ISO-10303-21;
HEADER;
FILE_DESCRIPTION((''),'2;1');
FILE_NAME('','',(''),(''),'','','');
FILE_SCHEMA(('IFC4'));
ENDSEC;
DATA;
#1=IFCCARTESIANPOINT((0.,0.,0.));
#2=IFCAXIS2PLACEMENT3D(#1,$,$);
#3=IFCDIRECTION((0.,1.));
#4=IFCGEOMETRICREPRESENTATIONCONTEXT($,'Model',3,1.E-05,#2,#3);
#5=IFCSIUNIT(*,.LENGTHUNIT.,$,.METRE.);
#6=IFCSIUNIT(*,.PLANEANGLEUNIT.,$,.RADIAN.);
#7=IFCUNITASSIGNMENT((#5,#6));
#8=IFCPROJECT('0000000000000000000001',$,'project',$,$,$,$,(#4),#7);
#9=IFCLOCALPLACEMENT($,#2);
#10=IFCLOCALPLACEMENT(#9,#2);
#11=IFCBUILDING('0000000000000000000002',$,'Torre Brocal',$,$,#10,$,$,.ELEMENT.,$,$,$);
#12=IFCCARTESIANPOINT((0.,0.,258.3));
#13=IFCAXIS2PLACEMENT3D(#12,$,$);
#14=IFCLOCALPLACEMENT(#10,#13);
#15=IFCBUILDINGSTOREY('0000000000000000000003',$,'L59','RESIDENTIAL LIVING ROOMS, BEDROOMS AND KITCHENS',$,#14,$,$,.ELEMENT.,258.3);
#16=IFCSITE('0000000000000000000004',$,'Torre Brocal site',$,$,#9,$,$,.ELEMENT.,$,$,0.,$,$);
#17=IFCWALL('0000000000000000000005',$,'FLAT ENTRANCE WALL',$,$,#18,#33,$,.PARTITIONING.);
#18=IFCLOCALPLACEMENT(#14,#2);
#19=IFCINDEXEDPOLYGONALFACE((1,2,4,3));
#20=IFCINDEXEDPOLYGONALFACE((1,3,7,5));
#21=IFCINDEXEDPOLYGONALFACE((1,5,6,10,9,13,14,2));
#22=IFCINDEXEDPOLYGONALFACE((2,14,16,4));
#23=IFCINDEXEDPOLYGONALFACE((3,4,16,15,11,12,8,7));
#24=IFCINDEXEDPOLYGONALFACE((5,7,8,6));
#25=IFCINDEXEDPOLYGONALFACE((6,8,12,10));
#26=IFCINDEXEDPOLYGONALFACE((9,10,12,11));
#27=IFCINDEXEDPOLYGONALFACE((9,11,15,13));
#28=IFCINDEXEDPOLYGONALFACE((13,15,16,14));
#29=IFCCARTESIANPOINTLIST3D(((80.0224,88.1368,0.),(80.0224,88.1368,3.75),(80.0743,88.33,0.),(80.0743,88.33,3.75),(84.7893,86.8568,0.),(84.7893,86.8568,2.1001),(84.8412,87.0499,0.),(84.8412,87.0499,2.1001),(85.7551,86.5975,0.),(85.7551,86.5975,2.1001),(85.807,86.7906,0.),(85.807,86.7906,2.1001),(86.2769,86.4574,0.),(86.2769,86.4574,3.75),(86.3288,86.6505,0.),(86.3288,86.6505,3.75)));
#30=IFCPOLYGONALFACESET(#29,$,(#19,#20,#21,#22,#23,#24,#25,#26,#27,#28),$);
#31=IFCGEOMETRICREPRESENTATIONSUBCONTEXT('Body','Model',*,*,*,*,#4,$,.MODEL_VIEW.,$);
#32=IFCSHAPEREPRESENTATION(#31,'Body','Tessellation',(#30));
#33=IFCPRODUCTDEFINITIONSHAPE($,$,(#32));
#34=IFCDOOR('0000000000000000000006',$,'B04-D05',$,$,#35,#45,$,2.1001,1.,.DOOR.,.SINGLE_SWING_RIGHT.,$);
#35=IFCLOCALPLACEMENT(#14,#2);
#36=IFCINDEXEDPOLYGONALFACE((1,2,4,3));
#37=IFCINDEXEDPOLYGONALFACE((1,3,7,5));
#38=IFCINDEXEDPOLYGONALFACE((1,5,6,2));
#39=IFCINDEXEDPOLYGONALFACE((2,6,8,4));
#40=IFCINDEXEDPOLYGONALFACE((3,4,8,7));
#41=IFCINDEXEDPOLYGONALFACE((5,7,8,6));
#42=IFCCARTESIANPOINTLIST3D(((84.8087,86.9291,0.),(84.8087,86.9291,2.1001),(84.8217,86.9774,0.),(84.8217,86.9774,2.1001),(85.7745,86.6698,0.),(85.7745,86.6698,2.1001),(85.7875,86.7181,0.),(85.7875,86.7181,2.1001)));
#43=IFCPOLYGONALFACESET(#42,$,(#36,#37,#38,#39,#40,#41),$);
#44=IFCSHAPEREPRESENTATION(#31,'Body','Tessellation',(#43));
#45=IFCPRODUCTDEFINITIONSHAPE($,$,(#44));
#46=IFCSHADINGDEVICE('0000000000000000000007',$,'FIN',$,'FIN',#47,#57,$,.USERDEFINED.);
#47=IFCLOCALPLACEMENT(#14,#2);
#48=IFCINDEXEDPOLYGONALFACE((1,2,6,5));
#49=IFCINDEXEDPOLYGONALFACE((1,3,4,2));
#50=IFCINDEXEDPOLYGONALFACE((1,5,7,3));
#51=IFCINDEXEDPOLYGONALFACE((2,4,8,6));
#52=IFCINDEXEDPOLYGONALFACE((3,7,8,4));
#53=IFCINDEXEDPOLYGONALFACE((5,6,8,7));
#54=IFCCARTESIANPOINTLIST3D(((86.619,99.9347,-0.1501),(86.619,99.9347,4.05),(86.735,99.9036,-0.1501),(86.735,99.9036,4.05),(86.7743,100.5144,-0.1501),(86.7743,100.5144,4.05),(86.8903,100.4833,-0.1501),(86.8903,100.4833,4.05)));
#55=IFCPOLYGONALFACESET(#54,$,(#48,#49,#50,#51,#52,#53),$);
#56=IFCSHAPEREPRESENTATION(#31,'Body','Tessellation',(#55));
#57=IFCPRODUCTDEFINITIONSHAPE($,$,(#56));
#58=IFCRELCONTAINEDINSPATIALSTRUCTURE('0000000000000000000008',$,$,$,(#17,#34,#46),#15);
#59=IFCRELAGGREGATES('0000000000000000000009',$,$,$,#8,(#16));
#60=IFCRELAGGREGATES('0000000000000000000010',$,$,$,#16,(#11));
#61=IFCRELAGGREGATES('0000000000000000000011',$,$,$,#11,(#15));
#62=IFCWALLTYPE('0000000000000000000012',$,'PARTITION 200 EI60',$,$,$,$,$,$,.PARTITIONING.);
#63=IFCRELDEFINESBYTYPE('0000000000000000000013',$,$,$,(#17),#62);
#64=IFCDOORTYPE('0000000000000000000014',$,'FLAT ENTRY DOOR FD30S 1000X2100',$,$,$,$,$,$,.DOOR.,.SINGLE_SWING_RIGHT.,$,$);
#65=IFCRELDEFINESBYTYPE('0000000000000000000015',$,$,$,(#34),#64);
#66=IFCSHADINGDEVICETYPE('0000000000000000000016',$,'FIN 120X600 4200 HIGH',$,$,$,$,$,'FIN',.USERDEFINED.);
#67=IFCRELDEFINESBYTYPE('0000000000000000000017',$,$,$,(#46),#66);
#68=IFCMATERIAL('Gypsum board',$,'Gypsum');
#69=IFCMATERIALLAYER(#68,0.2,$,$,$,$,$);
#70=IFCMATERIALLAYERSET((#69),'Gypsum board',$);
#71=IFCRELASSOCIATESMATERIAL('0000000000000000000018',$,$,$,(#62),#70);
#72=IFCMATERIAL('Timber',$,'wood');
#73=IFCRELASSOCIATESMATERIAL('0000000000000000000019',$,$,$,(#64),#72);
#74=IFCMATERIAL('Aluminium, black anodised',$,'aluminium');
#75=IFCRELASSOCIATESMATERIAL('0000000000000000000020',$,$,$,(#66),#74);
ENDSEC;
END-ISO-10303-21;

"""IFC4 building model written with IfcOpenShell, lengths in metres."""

from ifc_helpers import new_model, si_unit, direction, frame, frame_2d, origin, origin_2d, place, context, subcontext, project, spatial, rectangle, extrude, material, layer, layer_set, material_profile, profile_set, type_object, element, fill, save


model = new_model("IFC4")

# Units and contexts
model_context = context("Model", 3, precision=1e-05, world=origin(), true_north=direction((0.0, 1.0)))
body_context = subcontext(model_context, "Body", "Model", "MODEL_VIEW")
ifc_project = project(units=[si_unit("LENGTHUNIT", "METRE"), si_unit("PLANEANGLEUNIT", "RADIAN")], contexts=[model_context])

# Site, building, storey
site_placement = place(None, origin())
site = spatial("IfcSite", under=ifc_project, at=site_placement, Name="Torre Brocal site", CompositionType="ELEMENT", RefElevation=0.0)
building_placement = place(site_placement, origin())
building = spatial("IfcBuilding", under=site, at=building_placement, Name="Torre Brocal", CompositionType="ELEMENT")
storey_placement = place(building_placement, frame((0.0, 0.0, 258.3)))
storey = spatial("IfcBuildingStorey", under=building, at=storey_placement, Name="L59", Description="RESIDENTIAL LIVING ROOMS, BEDROOMS AND KITCHENS", CompositionType="ELEMENT", Elevation=258.3)

# Wall, opening, door
ifc_material_1 = material(Name="Gypsum board", Category="Gypsum")
ifc_layer_1 = layer(ifc_material_1, 0.2)
ifc_layer_set_1 = layer_set([ifc_layer_1], Name="Gypsum board")
wall_type_1 = type_object("IfcWallType", Name="PARTITION 200 EI60", PredefinedType="PARTITIONING", material=ifc_layer_set_1)
wall_1_placement = place(storey_placement, frame((80.0483, 88.2334, 0.0), z_axis=(0.0, 0.0, 1.0), x_axis=(0.965787, -0.259335, 0.0)))
wall_1 = element("IfcWall", 1, at=wall_1_placement, inside=storey, type_object=wall_type_1, Name="FLAT ENTRANCE WALL", PredefinedType="PARTITIONING", context=body_context, shape_type="SweptSolid", body=[
    extrude(rectangle(XDim=6.4761, YDim=0.2, at=frame_2d((3.238, 0.0))), origin(), (0.0, 0.0, 1.0), 3.75),
])
opening_1_placement = place(wall_1_placement, frame((4.9358, 0.0, 0.0)))
opening_1 = element("IfcOpeningElement", 2, at=opening_1_placement, cuts=wall_1, PredefinedType="OPENING", context=body_context, shape_type="SweptSolid", body=[
    extrude(rectangle(XDim=1.0, YDim=2.1001, at=frame_2d((0.5, 1.05))), frame((0.0, 0.1099, 0.0), z_axis=(0.0, -1.0, 0.0), x_axis=(1.0, 0.0, 0.0)), (0.0, 0.0, 1.0), 0.22),
])
ifc_material_2 = material(Name="Timber", Category="wood")
door_type_1 = type_object("IfcDoorType", Name="FLAT ENTRY DOOR FD30S 1000X2100", OperationType="SINGLE_SWING_RIGHT", PredefinedType="DOOR", material=ifc_material_2)
door_1_placement = place(opening_1_placement, origin())
door_1 = element("IfcDoor", 3, at=door_1_placement, inside=storey, type_object=door_type_1, Name="B04-D05", OperationType="SINGLE_SWING_RIGHT", OverallHeight=2.1001, OverallWidth=1.0, PredefinedType="DOOR", context=body_context, shape_type="SweptSolid", body=[
    extrude(rectangle(XDim=1.0, YDim=2.1001, at=frame_2d((0.5, 1.05))), frame((0.0, 0.0249, 0.0), z_axis=(0.0, -1.0, 0.0), x_axis=(1.0, 0.0, 0.0)), (0.0, 0.0, 1.0), 0.05),
])
fill(opening_1, door_1)

# Shading device
ifc_material_3 = material(Name="Aluminium, black anodised", Category="aluminium")
ifc_material_profile_1 = material_profile(ifc_material_3, rectangle(XDim=0.1201, YDim=0.6001, at=origin_2d()), Name="FIN 120X600 4200 HIGH")
ifc_profile_set_1 = profile_set([ifc_material_profile_1], Name="Aluminium, black anodised")
shading_device_type = type_object("IfcShadingDeviceType", Name="FIN 120X600 4200 HIGH", ElementType="FIN", PredefinedType="USERDEFINED", material=ifc_profile_set_1)
shading_device_placement = place(storey_placement, frame((86.7546, 100.209, -0.1501), z_axis=(0.0, 0.0, 1.0), x_axis=(-0.965926, 0.258819, 0.0)))
element("IfcShadingDevice", 4, at=shading_device_placement, inside=storey, type_object=shading_device_type, Name="FIN", ObjectType="FIN", PredefinedType="USERDEFINED", context=body_context, shape_type="SweptSolid", body=[
    extrude(rectangle(XDim=0.1201, YDim=0.6001, at=origin_2d()), origin(), (0.0, 0.0, 1.0), 4.2002),
])

save(model, "model.ifc")
